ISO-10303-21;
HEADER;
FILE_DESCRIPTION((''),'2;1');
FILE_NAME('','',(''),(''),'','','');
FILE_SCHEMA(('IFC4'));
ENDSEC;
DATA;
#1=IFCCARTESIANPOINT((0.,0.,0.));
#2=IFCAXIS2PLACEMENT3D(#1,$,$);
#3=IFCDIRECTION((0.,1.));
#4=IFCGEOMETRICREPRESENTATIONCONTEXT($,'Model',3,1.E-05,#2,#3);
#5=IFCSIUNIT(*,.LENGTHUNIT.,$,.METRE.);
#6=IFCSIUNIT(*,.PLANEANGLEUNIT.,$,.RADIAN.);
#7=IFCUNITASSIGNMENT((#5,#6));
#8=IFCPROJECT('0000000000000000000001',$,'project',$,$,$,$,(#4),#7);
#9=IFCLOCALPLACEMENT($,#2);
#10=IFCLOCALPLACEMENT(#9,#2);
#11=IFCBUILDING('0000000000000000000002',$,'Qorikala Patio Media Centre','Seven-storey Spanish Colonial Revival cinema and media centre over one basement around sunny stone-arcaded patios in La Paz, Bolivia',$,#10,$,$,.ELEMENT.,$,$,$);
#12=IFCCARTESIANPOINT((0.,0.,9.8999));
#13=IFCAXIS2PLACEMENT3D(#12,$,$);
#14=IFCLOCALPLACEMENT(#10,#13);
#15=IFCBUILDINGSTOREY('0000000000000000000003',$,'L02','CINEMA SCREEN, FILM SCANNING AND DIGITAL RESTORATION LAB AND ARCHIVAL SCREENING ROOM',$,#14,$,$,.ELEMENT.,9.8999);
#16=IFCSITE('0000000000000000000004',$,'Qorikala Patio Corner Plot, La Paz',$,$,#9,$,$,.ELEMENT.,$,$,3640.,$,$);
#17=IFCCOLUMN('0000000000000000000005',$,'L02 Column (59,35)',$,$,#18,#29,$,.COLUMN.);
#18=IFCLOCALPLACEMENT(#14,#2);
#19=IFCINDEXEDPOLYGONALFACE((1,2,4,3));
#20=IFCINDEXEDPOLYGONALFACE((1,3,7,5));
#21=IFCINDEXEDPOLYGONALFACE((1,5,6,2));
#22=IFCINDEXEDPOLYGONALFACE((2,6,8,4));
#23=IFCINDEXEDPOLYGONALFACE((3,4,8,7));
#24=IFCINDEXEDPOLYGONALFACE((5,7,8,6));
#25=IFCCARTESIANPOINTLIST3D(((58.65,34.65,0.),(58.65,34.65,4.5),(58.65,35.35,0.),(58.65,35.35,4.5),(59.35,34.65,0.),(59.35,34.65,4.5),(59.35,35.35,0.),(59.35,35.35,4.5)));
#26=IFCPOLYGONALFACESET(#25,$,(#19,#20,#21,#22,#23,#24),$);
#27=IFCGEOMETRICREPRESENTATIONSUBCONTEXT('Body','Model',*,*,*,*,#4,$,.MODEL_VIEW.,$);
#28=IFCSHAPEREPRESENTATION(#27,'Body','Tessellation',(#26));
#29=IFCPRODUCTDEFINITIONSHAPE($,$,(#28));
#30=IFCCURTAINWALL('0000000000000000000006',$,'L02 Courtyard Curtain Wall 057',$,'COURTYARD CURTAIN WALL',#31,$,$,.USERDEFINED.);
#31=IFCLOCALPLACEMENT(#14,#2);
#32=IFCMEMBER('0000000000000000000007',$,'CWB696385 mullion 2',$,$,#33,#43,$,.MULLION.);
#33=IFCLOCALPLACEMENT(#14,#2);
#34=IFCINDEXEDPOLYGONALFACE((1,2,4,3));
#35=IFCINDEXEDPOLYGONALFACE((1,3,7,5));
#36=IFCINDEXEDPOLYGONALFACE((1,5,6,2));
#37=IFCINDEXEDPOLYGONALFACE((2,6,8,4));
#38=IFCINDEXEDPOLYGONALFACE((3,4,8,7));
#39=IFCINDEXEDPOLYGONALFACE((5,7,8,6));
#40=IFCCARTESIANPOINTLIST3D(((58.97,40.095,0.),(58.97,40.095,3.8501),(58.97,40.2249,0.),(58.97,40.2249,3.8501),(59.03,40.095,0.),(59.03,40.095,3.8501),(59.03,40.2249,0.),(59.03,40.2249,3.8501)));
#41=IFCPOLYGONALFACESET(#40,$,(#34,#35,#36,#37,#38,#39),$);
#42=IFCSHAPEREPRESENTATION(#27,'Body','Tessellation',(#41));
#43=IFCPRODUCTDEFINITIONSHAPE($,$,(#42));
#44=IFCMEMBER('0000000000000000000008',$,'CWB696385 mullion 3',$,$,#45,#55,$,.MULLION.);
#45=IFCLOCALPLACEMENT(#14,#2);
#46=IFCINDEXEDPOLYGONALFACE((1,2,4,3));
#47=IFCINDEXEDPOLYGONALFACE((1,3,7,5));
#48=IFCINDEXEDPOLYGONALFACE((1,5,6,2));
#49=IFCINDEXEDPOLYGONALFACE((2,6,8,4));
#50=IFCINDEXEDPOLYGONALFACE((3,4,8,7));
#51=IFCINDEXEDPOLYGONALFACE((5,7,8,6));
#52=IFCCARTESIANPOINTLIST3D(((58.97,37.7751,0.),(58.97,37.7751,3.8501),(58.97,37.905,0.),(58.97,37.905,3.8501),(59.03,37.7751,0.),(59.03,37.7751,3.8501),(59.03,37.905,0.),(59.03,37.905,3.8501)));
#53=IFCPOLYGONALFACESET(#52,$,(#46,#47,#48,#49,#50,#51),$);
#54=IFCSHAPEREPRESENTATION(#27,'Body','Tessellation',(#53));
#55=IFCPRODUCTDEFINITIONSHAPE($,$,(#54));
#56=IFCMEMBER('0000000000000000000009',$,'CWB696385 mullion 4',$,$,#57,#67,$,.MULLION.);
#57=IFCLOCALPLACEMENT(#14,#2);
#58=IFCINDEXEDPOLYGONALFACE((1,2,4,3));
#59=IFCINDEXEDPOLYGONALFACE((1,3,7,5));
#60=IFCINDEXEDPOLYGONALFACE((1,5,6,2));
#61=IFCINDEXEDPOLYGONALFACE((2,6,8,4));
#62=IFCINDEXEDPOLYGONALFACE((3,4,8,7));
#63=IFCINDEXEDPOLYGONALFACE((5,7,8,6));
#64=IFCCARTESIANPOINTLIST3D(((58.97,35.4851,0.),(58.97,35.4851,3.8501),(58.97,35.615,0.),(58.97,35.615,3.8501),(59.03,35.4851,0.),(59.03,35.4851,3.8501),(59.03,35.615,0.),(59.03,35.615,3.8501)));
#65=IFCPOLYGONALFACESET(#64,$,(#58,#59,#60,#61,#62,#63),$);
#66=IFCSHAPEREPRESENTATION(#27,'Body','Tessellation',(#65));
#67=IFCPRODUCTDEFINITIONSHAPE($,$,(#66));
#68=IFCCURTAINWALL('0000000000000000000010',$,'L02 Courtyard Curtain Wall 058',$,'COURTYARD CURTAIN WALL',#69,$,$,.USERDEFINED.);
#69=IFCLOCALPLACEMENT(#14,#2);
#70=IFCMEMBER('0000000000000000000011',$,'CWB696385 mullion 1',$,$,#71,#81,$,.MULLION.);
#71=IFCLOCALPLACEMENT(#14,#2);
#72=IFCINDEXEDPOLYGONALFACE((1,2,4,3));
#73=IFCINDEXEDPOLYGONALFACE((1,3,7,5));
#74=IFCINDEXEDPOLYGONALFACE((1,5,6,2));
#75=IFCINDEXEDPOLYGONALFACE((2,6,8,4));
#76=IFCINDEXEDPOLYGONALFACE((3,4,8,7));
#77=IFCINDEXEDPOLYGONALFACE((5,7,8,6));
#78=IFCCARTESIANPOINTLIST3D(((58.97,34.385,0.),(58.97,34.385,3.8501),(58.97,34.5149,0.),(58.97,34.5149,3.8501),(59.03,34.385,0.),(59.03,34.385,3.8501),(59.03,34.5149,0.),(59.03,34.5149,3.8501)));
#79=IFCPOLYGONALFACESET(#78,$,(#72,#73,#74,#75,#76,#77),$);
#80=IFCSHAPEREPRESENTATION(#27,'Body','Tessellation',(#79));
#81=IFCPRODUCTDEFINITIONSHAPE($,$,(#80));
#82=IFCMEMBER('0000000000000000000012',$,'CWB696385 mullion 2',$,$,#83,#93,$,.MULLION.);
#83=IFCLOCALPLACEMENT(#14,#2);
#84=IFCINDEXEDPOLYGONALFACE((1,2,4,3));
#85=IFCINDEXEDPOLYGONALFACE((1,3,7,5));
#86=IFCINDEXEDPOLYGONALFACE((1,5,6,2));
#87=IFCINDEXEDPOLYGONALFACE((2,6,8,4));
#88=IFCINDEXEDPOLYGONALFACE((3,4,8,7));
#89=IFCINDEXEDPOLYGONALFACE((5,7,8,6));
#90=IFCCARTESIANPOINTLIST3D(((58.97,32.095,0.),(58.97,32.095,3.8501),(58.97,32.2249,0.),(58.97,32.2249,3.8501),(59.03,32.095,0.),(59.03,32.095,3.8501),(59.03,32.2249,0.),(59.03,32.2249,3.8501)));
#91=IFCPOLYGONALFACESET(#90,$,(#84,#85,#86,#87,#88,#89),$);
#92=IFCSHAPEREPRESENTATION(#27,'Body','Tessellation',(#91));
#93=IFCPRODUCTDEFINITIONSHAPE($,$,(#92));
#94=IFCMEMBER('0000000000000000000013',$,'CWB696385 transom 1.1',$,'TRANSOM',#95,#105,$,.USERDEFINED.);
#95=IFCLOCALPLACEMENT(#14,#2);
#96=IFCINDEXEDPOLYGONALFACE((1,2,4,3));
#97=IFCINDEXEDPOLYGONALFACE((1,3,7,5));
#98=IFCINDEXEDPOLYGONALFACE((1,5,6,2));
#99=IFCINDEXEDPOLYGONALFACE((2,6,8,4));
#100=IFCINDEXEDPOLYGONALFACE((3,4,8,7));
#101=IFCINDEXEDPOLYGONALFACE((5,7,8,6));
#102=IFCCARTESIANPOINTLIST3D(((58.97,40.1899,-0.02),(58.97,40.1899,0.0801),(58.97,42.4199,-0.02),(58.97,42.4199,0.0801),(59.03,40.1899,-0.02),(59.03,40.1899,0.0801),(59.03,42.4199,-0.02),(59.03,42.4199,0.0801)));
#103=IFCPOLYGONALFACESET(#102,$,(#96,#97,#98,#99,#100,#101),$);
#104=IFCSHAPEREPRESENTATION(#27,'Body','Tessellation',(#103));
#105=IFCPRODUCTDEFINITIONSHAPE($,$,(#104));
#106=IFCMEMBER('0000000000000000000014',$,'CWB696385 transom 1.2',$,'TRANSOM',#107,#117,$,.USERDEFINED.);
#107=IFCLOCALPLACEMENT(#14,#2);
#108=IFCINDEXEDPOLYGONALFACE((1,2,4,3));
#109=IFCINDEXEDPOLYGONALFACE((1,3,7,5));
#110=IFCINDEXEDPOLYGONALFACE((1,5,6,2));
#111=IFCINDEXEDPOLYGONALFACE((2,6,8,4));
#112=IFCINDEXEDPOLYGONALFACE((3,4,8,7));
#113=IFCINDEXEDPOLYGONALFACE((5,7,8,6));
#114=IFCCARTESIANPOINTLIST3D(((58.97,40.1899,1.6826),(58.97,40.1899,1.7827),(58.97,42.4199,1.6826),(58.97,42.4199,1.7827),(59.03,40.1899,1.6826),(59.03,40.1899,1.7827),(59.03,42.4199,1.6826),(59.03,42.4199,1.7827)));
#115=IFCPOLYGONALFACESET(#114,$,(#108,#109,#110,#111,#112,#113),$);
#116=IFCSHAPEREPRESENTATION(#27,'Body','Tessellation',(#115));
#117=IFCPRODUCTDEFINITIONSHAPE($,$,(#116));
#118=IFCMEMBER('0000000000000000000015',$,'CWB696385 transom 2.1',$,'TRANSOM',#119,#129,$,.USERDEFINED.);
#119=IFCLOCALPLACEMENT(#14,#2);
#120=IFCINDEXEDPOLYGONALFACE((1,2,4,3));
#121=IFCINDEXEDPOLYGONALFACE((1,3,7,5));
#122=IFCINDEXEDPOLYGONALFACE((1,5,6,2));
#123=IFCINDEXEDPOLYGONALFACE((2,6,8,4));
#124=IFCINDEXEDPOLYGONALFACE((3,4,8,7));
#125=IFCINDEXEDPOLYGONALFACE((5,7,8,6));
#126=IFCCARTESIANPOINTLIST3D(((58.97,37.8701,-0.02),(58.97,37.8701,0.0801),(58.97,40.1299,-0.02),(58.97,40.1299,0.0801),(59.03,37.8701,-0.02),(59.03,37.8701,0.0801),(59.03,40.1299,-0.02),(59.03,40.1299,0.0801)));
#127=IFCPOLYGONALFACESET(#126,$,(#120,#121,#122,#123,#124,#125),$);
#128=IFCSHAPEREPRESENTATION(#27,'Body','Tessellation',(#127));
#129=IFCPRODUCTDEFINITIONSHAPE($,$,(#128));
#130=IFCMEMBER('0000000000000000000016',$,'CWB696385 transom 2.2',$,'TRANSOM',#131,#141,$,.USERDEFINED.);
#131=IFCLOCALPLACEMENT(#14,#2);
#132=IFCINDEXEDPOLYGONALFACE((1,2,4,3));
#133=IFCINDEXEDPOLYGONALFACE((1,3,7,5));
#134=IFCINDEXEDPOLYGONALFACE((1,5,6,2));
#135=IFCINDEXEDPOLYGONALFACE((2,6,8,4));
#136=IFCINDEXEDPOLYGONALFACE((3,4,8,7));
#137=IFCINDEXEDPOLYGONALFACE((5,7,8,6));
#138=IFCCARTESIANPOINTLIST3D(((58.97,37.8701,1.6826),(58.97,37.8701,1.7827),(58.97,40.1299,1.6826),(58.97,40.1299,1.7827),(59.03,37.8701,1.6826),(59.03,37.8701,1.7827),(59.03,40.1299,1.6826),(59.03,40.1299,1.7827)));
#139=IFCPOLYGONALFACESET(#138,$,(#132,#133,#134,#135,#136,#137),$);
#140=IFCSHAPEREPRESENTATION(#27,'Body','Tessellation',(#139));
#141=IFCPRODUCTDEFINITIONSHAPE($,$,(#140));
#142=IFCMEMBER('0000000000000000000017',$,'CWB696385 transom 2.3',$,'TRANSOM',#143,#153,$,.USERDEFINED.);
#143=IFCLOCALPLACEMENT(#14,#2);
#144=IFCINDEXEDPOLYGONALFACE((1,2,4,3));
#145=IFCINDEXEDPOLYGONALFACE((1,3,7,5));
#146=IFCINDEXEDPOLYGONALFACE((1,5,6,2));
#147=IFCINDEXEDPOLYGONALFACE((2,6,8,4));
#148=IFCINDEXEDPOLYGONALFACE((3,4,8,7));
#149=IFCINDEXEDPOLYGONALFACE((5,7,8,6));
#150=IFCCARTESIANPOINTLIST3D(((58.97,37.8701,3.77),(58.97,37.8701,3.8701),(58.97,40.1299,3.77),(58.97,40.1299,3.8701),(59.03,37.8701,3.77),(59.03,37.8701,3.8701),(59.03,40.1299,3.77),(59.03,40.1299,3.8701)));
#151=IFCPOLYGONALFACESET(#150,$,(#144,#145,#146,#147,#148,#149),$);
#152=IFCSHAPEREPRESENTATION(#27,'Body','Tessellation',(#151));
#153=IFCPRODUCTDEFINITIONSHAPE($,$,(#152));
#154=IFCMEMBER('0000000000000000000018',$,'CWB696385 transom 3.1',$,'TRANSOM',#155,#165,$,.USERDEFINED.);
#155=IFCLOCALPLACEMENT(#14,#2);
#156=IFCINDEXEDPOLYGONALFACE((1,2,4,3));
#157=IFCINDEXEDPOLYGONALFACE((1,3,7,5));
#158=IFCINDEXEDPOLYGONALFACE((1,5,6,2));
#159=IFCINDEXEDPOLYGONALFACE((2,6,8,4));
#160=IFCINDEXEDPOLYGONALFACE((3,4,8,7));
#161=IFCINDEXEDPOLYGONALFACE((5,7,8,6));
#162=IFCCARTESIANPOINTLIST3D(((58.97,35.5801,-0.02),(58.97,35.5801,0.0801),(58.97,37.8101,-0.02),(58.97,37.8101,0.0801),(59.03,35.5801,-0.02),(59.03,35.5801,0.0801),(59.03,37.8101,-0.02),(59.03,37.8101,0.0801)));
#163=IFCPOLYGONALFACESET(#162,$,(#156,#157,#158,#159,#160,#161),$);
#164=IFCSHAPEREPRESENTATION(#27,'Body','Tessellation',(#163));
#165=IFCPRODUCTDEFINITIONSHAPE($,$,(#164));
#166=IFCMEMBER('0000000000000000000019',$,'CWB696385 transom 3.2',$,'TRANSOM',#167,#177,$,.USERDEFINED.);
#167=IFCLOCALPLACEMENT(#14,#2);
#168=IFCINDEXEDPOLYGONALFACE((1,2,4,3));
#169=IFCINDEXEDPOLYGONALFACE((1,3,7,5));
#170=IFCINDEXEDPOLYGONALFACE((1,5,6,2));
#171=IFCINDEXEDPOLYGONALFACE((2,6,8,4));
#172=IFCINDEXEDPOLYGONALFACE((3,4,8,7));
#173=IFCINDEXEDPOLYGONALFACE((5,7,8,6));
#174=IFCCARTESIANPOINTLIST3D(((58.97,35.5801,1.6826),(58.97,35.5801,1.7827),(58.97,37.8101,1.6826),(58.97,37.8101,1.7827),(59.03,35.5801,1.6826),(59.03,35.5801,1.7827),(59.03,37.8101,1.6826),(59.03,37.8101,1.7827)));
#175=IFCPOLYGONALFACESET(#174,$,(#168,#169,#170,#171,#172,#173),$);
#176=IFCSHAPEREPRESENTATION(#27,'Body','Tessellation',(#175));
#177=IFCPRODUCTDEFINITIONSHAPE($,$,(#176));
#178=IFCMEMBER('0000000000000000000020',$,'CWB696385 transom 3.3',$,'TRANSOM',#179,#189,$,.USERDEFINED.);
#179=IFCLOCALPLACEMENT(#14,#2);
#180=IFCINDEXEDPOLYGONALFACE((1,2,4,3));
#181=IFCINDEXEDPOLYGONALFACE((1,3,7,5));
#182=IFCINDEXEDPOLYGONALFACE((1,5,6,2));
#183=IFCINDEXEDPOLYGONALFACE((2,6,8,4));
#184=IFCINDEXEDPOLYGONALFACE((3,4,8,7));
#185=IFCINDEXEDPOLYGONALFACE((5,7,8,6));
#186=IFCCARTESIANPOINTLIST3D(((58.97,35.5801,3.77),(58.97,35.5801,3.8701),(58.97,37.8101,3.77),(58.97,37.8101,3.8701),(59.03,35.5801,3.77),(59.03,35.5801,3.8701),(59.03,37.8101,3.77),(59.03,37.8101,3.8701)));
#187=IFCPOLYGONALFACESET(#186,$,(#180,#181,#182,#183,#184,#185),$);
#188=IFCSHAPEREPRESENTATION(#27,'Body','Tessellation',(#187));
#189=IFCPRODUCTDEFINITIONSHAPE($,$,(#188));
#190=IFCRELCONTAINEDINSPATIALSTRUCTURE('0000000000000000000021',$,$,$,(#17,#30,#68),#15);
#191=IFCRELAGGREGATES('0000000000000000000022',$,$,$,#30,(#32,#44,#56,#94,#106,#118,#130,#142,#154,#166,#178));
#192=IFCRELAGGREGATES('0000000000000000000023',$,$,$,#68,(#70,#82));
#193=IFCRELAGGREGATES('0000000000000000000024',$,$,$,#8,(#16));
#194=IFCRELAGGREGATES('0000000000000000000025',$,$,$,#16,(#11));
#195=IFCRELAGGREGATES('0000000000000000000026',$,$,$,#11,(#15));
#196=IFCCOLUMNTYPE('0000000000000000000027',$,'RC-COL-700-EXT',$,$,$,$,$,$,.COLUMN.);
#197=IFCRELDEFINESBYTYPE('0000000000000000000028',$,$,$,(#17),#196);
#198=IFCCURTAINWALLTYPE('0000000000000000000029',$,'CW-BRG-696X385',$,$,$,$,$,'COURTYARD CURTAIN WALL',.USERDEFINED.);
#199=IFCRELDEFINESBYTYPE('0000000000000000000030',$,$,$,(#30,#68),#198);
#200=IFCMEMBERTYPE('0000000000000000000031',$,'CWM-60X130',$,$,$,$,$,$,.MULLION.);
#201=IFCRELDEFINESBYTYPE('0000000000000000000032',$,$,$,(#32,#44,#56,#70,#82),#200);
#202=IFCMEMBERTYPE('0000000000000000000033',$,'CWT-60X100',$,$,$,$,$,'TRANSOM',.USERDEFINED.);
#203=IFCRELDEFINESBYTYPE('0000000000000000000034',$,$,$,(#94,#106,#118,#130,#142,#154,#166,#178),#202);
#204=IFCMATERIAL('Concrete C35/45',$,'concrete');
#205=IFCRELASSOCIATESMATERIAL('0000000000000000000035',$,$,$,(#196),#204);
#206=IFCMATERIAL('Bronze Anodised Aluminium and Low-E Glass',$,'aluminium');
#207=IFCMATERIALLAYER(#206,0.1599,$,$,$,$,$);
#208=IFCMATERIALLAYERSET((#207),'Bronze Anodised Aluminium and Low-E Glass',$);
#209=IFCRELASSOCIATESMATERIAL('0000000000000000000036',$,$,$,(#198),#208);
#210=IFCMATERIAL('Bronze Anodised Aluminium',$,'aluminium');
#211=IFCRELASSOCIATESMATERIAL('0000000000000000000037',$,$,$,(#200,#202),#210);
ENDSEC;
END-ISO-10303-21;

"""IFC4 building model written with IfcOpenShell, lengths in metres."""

from ifc_helpers import new_model, si_unit, direction, frame, origin, origin_2d, place, context, subcontext, project, spatial, rectangle, extrude, material, layer, layer_set, material_profile, profile_set, type_object, element, aggregate, save


model = new_model("IFC4")

# Units and contexts
model_context = context("Model", 3, precision=1e-05, world=origin(), true_north=direction((0.0, 1.0)))
body_context = subcontext(model_context, "Body", "Model", "MODEL_VIEW")
ifc_project = project(units=[si_unit("LENGTHUNIT", "METRE"), si_unit("PLANEANGLEUNIT", "RADIAN")], contexts=[model_context])

# Site, building, storey
site_placement = place(None, origin())
site = spatial("IfcSite", under=ifc_project, at=site_placement, Name="Qorikala Patio Corner Plot, La Paz", CompositionType="ELEMENT", RefElevation=3640.0)
building_placement = place(site_placement, origin())
building = spatial("IfcBuilding", under=site, at=building_placement, Name="Qorikala Patio Media Centre", Description="Seven-storey Spanish Colonial Revival cinema and media centre over one basement around sunny stone-arcaded patios in La Paz, Bolivia", CompositionType="ELEMENT")
storey_placement = place(building_placement, frame((0.0, 0.0, 9.8999)))
storey = spatial("IfcBuildingStorey", under=building, at=storey_placement, Name="L02", Description="CINEMA SCREEN, FILM SCANNING AND DIGITAL RESTORATION LAB AND ARCHIVAL SCREENING ROOM", CompositionType="ELEMENT", Elevation=9.8999)

# Column
ifc_material_1 = material(Name="Concrete C35/45", Category="concrete")
ifc_material_profile_1 = material_profile(ifc_material_1, rectangle(XDim=0.7, YDim=0.7, at=origin_2d()), Name="RC 700x700")
ifc_profile_set_1 = profile_set([ifc_material_profile_1], Name="Concrete C35/45")
column_type = type_object("IfcColumnType", Name="RC-COL-700-EXT", PredefinedType="COLUMN", material=ifc_profile_set_1)
column_placement = place(storey_placement, frame((59.0, 35.0, 0.0), z_axis=(0.0, 0.0, 1.0), x_axis=(1.0, 0.0, 0.0)))
element("IfcColumn", 1, at=column_placement, inside=storey, type_object=column_type, Name="L02 Column (59,35)", PredefinedType="COLUMN", context=body_context, shape_type="SweptSolid", body=[
    extrude(rectangle(XDim=0.7, YDim=0.7, at=origin_2d()), origin(), (0.0, 0.0, 1.0), 4.5),
])

# Curtain walls, members
ifc_material_2 = material(Name="Bronze Anodised Aluminium and Low-E Glass", Category="aluminium")
ifc_layer_1 = layer(ifc_material_2, 0.1599)
ifc_layer_set_1 = layer_set([ifc_layer_1], Name="Bronze Anodised Aluminium and Low-E Glass")
curtain_wall_type = type_object("IfcCurtainWallType", Name="CW-BRG-696X385", ElementType="COURTYARD CURTAIN WALL", PredefinedType="USERDEFINED", material=ifc_layer_set_1)
curtain_wall_1_placement = place(storey_placement, origin())
curtain_wall_1 = element("IfcCurtainWall", 2, at=curtain_wall_1_placement, inside=storey, type_object=curtain_wall_type, Name="L02 Courtyard Curtain Wall 057", ObjectType="COURTYARD CURTAIN WALL", PredefinedType="USERDEFINED")
ifc_material_3 = material(Name="Bronze Anodised Aluminium", Category="aluminium")
ifc_material_profile_2 = material_profile(ifc_material_3, rectangle(XDim=0.0601, YDim=0.1299, at=origin_2d()), Name="ALU MULLION 60x130")
ifc_profile_set_2 = profile_set([ifc_material_profile_2], Name="Bronze Anodised Aluminium")
member_type_1 = type_object("IfcMemberType", Name="CWM-60X130", PredefinedType="MULLION", material=ifc_profile_set_2)
member_1_placement = place(storey_placement, frame((59.0, 40.1599, 0.0), z_axis=(0.0, 0.0, 1.0), x_axis=(1.0, 0.0, 0.0)))
member_1 = element("IfcMember", 3, at=member_1_placement, type_object=member_type_1, Name="CWB696385 mullion 2", PredefinedType="MULLION", context=body_context, shape_type="SweptSolid", body=[
    extrude(rectangle(XDim=0.0601, YDim=0.1299, at=origin_2d()), origin(), (0.0, 0.0, 1.0), 3.8501),
])
member_2_placement = place(storey_placement, frame((59.0, 37.8401, 0.0), z_axis=(0.0, 0.0, 1.0), x_axis=(1.0, 0.0, 0.0)))
member_2 = element("IfcMember", 4, at=member_2_placement, type_object=member_type_1, Name="CWB696385 mullion 3", PredefinedType="MULLION", context=body_context, shape_type="SweptSolid", body=[
    extrude(rectangle(XDim=0.0601, YDim=0.1299, at=origin_2d()), origin(), (0.0, 0.0, 1.0), 3.8501),
])
member_3_placement = place(storey_placement, frame((59.0, 35.55, 0.0), z_axis=(0.0, 0.0, 1.0), x_axis=(1.0, 0.0, 0.0)))
member_3 = element("IfcMember", 5, at=member_3_placement, type_object=member_type_1, Name="CWB696385 mullion 4", PredefinedType="MULLION", context=body_context, shape_type="SweptSolid", body=[
    extrude(rectangle(XDim=0.0601, YDim=0.1299, at=origin_2d()), origin(), (0.0, 0.0, 1.0), 3.8501),
])
curtain_wall_2_placement = place(storey_placement, origin())
curtain_wall_2 = element("IfcCurtainWall", 6, at=curtain_wall_2_placement, inside=storey, type_object=curtain_wall_type, Name="L02 Courtyard Curtain Wall 058", ObjectType="COURTYARD CURTAIN WALL", PredefinedType="USERDEFINED")
member_4_placement = place(storey_placement, frame((59.0, 34.45, 0.0), z_axis=(0.0, 0.0, 1.0), x_axis=(1.0, 0.0, 0.0)))
member_4 = element("IfcMember", 7, at=member_4_placement, type_object=member_type_1, Name="CWB696385 mullion 1", PredefinedType="MULLION", context=body_context, shape_type="SweptSolid", body=[
    extrude(rectangle(XDim=0.0601, YDim=0.1299, at=origin_2d()), origin(), (0.0, 0.0, 1.0), 3.8501),
])
member_5_placement = place(storey_placement, frame((59.0, 32.1599, 0.0), z_axis=(0.0, 0.0, 1.0), x_axis=(1.0, 0.0, 0.0)))
member_5 = element("IfcMember", 8, at=member_5_placement, type_object=member_type_1, Name="CWB696385 mullion 2", PredefinedType="MULLION", context=body_context, shape_type="SweptSolid", body=[
    extrude(rectangle(XDim=0.0601, YDim=0.1299, at=origin_2d()), origin(), (0.0, 0.0, 1.0), 3.8501),
])

# Members
ifc_material_profile_3 = material_profile(ifc_material_3, rectangle(XDim=0.0601, YDim=0.1001, at=origin_2d()), Name="ALU TRANSOM 60x100")
ifc_profile_set_3 = profile_set([ifc_material_profile_3], Name="Bronze Anodised Aluminium")
member_type_2 = type_object("IfcMemberType", Name="CWT-60X100", ElementType="TRANSOM", PredefinedType="USERDEFINED", material=ifc_profile_set_3)
member_6_placement = place(storey_placement, frame((59.0, 42.4199, 0.03), z_axis=(0.0, -1.0, 0.0), x_axis=(1.0, 0.0, 0.0)))
member_6 = element("IfcMember", 9, at=member_6_placement, type_object=member_type_2, Name="CWB696385 transom 1.1", ObjectType="TRANSOM", PredefinedType="USERDEFINED", context=body_context, shape_type="SweptSolid", body=[
    extrude(rectangle(XDim=0.0601, YDim=0.1001, at=origin_2d()), origin(), (0.0, 0.0, 1.0), 2.23),
])
member_7_placement = place(storey_placement, frame((59.0, 42.4199, 1.7327), z_axis=(0.0, -1.0, 0.0), x_axis=(1.0, 0.0, 0.0)))
member_7 = element("IfcMember", 10, at=member_7_placement, type_object=member_type_2, Name="CWB696385 transom 1.2", ObjectType="TRANSOM", PredefinedType="USERDEFINED", context=body_context, shape_type="SweptSolid", body=[
    extrude(rectangle(XDim=0.0601, YDim=0.1001, at=origin_2d()), origin(), (0.0, 0.0, 1.0), 2.23),
])
member_8_placement = place(storey_placement, frame((59.0, 40.1299, 0.03), z_axis=(0.0, -1.0, 0.0), x_axis=(1.0, 0.0, 0.0)))
member_8 = element("IfcMember", 11, at=member_8_placement, type_object=member_type_2, Name="CWB696385 transom 2.1", ObjectType="TRANSOM", PredefinedType="USERDEFINED", context=body_context, shape_type="SweptSolid", body=[
    extrude(rectangle(XDim=0.0601, YDim=0.1001, at=origin_2d()), origin(), (0.0, 0.0, 1.0), 2.2598),
])
member_9_placement = place(storey_placement, frame((59.0, 40.1299, 1.7327), z_axis=(0.0, -1.0, 0.0), x_axis=(1.0, 0.0, 0.0)))
member_9 = element("IfcMember", 12, at=member_9_placement, type_object=member_type_2, Name="CWB696385 transom 2.2", ObjectType="TRANSOM", PredefinedType="USERDEFINED", context=body_context, shape_type="SweptSolid", body=[
    extrude(rectangle(XDim=0.0601, YDim=0.1001, at=origin_2d()), origin(), (0.0, 0.0, 1.0), 2.2598),
])
member_10_placement = place(storey_placement, frame((59.0, 40.1299, 3.8201), z_axis=(0.0, -1.0, 0.0), x_axis=(1.0, 0.0, 0.0)))
member_10 = element("IfcMember", 13, at=member_10_placement, type_object=member_type_2, Name="CWB696385 transom 2.3", ObjectType="TRANSOM", PredefinedType="USERDEFINED", context=body_context, shape_type="SweptSolid", body=[
    extrude(rectangle(XDim=0.0601, YDim=0.1001, at=origin_2d()), origin(), (0.0, 0.0, 1.0), 2.2598),
])
member_11_placement = place(storey_placement, frame((59.0, 37.8101, 0.03), z_axis=(0.0, -1.0, 0.0), x_axis=(1.0, 0.0, 0.0)))
member_11 = element("IfcMember", 14, at=member_11_placement, type_object=member_type_2, Name="CWB696385 transom 3.1", ObjectType="TRANSOM", PredefinedType="USERDEFINED", context=body_context, shape_type="SweptSolid", body=[
    extrude(rectangle(XDim=0.0601, YDim=0.1001, at=origin_2d()), origin(), (0.0, 0.0, 1.0), 2.23),
])
member_12_placement = place(storey_placement, frame((59.0, 37.8101, 1.7327), z_axis=(0.0, -1.0, 0.0), x_axis=(1.0, 0.0, 0.0)))
member_12 = element("IfcMember", 15, at=member_12_placement, type_object=member_type_2, Name="CWB696385 transom 3.2", ObjectType="TRANSOM", PredefinedType="USERDEFINED", context=body_context, shape_type="SweptSolid", body=[
    extrude(rectangle(XDim=0.0601, YDim=0.1001, at=origin_2d()), origin(), (0.0, 0.0, 1.0), 2.23),
])
member_13_placement = place(storey_placement, frame((59.0, 37.8101, 3.8201), z_axis=(0.0, -1.0, 0.0), x_axis=(1.0, 0.0, 0.0)))
member_13 = element("IfcMember", 16, at=member_13_placement, type_object=member_type_2, Name="CWB696385 transom 3.3", ObjectType="TRANSOM", PredefinedType="USERDEFINED", context=body_context, shape_type="SweptSolid", body=[
    extrude(rectangle(XDim=0.0601, YDim=0.1001, at=origin_2d()), origin(), (0.0, 0.0, 1.0), 2.23),
])

aggregate(curtain_wall_1, [member_1, member_2, member_3, member_6, member_7, member_8, member_9, member_10, member_11, member_12, member_13])
aggregate(curtain_wall_2, [member_4, member_5])

save(model, "model.ifc")
